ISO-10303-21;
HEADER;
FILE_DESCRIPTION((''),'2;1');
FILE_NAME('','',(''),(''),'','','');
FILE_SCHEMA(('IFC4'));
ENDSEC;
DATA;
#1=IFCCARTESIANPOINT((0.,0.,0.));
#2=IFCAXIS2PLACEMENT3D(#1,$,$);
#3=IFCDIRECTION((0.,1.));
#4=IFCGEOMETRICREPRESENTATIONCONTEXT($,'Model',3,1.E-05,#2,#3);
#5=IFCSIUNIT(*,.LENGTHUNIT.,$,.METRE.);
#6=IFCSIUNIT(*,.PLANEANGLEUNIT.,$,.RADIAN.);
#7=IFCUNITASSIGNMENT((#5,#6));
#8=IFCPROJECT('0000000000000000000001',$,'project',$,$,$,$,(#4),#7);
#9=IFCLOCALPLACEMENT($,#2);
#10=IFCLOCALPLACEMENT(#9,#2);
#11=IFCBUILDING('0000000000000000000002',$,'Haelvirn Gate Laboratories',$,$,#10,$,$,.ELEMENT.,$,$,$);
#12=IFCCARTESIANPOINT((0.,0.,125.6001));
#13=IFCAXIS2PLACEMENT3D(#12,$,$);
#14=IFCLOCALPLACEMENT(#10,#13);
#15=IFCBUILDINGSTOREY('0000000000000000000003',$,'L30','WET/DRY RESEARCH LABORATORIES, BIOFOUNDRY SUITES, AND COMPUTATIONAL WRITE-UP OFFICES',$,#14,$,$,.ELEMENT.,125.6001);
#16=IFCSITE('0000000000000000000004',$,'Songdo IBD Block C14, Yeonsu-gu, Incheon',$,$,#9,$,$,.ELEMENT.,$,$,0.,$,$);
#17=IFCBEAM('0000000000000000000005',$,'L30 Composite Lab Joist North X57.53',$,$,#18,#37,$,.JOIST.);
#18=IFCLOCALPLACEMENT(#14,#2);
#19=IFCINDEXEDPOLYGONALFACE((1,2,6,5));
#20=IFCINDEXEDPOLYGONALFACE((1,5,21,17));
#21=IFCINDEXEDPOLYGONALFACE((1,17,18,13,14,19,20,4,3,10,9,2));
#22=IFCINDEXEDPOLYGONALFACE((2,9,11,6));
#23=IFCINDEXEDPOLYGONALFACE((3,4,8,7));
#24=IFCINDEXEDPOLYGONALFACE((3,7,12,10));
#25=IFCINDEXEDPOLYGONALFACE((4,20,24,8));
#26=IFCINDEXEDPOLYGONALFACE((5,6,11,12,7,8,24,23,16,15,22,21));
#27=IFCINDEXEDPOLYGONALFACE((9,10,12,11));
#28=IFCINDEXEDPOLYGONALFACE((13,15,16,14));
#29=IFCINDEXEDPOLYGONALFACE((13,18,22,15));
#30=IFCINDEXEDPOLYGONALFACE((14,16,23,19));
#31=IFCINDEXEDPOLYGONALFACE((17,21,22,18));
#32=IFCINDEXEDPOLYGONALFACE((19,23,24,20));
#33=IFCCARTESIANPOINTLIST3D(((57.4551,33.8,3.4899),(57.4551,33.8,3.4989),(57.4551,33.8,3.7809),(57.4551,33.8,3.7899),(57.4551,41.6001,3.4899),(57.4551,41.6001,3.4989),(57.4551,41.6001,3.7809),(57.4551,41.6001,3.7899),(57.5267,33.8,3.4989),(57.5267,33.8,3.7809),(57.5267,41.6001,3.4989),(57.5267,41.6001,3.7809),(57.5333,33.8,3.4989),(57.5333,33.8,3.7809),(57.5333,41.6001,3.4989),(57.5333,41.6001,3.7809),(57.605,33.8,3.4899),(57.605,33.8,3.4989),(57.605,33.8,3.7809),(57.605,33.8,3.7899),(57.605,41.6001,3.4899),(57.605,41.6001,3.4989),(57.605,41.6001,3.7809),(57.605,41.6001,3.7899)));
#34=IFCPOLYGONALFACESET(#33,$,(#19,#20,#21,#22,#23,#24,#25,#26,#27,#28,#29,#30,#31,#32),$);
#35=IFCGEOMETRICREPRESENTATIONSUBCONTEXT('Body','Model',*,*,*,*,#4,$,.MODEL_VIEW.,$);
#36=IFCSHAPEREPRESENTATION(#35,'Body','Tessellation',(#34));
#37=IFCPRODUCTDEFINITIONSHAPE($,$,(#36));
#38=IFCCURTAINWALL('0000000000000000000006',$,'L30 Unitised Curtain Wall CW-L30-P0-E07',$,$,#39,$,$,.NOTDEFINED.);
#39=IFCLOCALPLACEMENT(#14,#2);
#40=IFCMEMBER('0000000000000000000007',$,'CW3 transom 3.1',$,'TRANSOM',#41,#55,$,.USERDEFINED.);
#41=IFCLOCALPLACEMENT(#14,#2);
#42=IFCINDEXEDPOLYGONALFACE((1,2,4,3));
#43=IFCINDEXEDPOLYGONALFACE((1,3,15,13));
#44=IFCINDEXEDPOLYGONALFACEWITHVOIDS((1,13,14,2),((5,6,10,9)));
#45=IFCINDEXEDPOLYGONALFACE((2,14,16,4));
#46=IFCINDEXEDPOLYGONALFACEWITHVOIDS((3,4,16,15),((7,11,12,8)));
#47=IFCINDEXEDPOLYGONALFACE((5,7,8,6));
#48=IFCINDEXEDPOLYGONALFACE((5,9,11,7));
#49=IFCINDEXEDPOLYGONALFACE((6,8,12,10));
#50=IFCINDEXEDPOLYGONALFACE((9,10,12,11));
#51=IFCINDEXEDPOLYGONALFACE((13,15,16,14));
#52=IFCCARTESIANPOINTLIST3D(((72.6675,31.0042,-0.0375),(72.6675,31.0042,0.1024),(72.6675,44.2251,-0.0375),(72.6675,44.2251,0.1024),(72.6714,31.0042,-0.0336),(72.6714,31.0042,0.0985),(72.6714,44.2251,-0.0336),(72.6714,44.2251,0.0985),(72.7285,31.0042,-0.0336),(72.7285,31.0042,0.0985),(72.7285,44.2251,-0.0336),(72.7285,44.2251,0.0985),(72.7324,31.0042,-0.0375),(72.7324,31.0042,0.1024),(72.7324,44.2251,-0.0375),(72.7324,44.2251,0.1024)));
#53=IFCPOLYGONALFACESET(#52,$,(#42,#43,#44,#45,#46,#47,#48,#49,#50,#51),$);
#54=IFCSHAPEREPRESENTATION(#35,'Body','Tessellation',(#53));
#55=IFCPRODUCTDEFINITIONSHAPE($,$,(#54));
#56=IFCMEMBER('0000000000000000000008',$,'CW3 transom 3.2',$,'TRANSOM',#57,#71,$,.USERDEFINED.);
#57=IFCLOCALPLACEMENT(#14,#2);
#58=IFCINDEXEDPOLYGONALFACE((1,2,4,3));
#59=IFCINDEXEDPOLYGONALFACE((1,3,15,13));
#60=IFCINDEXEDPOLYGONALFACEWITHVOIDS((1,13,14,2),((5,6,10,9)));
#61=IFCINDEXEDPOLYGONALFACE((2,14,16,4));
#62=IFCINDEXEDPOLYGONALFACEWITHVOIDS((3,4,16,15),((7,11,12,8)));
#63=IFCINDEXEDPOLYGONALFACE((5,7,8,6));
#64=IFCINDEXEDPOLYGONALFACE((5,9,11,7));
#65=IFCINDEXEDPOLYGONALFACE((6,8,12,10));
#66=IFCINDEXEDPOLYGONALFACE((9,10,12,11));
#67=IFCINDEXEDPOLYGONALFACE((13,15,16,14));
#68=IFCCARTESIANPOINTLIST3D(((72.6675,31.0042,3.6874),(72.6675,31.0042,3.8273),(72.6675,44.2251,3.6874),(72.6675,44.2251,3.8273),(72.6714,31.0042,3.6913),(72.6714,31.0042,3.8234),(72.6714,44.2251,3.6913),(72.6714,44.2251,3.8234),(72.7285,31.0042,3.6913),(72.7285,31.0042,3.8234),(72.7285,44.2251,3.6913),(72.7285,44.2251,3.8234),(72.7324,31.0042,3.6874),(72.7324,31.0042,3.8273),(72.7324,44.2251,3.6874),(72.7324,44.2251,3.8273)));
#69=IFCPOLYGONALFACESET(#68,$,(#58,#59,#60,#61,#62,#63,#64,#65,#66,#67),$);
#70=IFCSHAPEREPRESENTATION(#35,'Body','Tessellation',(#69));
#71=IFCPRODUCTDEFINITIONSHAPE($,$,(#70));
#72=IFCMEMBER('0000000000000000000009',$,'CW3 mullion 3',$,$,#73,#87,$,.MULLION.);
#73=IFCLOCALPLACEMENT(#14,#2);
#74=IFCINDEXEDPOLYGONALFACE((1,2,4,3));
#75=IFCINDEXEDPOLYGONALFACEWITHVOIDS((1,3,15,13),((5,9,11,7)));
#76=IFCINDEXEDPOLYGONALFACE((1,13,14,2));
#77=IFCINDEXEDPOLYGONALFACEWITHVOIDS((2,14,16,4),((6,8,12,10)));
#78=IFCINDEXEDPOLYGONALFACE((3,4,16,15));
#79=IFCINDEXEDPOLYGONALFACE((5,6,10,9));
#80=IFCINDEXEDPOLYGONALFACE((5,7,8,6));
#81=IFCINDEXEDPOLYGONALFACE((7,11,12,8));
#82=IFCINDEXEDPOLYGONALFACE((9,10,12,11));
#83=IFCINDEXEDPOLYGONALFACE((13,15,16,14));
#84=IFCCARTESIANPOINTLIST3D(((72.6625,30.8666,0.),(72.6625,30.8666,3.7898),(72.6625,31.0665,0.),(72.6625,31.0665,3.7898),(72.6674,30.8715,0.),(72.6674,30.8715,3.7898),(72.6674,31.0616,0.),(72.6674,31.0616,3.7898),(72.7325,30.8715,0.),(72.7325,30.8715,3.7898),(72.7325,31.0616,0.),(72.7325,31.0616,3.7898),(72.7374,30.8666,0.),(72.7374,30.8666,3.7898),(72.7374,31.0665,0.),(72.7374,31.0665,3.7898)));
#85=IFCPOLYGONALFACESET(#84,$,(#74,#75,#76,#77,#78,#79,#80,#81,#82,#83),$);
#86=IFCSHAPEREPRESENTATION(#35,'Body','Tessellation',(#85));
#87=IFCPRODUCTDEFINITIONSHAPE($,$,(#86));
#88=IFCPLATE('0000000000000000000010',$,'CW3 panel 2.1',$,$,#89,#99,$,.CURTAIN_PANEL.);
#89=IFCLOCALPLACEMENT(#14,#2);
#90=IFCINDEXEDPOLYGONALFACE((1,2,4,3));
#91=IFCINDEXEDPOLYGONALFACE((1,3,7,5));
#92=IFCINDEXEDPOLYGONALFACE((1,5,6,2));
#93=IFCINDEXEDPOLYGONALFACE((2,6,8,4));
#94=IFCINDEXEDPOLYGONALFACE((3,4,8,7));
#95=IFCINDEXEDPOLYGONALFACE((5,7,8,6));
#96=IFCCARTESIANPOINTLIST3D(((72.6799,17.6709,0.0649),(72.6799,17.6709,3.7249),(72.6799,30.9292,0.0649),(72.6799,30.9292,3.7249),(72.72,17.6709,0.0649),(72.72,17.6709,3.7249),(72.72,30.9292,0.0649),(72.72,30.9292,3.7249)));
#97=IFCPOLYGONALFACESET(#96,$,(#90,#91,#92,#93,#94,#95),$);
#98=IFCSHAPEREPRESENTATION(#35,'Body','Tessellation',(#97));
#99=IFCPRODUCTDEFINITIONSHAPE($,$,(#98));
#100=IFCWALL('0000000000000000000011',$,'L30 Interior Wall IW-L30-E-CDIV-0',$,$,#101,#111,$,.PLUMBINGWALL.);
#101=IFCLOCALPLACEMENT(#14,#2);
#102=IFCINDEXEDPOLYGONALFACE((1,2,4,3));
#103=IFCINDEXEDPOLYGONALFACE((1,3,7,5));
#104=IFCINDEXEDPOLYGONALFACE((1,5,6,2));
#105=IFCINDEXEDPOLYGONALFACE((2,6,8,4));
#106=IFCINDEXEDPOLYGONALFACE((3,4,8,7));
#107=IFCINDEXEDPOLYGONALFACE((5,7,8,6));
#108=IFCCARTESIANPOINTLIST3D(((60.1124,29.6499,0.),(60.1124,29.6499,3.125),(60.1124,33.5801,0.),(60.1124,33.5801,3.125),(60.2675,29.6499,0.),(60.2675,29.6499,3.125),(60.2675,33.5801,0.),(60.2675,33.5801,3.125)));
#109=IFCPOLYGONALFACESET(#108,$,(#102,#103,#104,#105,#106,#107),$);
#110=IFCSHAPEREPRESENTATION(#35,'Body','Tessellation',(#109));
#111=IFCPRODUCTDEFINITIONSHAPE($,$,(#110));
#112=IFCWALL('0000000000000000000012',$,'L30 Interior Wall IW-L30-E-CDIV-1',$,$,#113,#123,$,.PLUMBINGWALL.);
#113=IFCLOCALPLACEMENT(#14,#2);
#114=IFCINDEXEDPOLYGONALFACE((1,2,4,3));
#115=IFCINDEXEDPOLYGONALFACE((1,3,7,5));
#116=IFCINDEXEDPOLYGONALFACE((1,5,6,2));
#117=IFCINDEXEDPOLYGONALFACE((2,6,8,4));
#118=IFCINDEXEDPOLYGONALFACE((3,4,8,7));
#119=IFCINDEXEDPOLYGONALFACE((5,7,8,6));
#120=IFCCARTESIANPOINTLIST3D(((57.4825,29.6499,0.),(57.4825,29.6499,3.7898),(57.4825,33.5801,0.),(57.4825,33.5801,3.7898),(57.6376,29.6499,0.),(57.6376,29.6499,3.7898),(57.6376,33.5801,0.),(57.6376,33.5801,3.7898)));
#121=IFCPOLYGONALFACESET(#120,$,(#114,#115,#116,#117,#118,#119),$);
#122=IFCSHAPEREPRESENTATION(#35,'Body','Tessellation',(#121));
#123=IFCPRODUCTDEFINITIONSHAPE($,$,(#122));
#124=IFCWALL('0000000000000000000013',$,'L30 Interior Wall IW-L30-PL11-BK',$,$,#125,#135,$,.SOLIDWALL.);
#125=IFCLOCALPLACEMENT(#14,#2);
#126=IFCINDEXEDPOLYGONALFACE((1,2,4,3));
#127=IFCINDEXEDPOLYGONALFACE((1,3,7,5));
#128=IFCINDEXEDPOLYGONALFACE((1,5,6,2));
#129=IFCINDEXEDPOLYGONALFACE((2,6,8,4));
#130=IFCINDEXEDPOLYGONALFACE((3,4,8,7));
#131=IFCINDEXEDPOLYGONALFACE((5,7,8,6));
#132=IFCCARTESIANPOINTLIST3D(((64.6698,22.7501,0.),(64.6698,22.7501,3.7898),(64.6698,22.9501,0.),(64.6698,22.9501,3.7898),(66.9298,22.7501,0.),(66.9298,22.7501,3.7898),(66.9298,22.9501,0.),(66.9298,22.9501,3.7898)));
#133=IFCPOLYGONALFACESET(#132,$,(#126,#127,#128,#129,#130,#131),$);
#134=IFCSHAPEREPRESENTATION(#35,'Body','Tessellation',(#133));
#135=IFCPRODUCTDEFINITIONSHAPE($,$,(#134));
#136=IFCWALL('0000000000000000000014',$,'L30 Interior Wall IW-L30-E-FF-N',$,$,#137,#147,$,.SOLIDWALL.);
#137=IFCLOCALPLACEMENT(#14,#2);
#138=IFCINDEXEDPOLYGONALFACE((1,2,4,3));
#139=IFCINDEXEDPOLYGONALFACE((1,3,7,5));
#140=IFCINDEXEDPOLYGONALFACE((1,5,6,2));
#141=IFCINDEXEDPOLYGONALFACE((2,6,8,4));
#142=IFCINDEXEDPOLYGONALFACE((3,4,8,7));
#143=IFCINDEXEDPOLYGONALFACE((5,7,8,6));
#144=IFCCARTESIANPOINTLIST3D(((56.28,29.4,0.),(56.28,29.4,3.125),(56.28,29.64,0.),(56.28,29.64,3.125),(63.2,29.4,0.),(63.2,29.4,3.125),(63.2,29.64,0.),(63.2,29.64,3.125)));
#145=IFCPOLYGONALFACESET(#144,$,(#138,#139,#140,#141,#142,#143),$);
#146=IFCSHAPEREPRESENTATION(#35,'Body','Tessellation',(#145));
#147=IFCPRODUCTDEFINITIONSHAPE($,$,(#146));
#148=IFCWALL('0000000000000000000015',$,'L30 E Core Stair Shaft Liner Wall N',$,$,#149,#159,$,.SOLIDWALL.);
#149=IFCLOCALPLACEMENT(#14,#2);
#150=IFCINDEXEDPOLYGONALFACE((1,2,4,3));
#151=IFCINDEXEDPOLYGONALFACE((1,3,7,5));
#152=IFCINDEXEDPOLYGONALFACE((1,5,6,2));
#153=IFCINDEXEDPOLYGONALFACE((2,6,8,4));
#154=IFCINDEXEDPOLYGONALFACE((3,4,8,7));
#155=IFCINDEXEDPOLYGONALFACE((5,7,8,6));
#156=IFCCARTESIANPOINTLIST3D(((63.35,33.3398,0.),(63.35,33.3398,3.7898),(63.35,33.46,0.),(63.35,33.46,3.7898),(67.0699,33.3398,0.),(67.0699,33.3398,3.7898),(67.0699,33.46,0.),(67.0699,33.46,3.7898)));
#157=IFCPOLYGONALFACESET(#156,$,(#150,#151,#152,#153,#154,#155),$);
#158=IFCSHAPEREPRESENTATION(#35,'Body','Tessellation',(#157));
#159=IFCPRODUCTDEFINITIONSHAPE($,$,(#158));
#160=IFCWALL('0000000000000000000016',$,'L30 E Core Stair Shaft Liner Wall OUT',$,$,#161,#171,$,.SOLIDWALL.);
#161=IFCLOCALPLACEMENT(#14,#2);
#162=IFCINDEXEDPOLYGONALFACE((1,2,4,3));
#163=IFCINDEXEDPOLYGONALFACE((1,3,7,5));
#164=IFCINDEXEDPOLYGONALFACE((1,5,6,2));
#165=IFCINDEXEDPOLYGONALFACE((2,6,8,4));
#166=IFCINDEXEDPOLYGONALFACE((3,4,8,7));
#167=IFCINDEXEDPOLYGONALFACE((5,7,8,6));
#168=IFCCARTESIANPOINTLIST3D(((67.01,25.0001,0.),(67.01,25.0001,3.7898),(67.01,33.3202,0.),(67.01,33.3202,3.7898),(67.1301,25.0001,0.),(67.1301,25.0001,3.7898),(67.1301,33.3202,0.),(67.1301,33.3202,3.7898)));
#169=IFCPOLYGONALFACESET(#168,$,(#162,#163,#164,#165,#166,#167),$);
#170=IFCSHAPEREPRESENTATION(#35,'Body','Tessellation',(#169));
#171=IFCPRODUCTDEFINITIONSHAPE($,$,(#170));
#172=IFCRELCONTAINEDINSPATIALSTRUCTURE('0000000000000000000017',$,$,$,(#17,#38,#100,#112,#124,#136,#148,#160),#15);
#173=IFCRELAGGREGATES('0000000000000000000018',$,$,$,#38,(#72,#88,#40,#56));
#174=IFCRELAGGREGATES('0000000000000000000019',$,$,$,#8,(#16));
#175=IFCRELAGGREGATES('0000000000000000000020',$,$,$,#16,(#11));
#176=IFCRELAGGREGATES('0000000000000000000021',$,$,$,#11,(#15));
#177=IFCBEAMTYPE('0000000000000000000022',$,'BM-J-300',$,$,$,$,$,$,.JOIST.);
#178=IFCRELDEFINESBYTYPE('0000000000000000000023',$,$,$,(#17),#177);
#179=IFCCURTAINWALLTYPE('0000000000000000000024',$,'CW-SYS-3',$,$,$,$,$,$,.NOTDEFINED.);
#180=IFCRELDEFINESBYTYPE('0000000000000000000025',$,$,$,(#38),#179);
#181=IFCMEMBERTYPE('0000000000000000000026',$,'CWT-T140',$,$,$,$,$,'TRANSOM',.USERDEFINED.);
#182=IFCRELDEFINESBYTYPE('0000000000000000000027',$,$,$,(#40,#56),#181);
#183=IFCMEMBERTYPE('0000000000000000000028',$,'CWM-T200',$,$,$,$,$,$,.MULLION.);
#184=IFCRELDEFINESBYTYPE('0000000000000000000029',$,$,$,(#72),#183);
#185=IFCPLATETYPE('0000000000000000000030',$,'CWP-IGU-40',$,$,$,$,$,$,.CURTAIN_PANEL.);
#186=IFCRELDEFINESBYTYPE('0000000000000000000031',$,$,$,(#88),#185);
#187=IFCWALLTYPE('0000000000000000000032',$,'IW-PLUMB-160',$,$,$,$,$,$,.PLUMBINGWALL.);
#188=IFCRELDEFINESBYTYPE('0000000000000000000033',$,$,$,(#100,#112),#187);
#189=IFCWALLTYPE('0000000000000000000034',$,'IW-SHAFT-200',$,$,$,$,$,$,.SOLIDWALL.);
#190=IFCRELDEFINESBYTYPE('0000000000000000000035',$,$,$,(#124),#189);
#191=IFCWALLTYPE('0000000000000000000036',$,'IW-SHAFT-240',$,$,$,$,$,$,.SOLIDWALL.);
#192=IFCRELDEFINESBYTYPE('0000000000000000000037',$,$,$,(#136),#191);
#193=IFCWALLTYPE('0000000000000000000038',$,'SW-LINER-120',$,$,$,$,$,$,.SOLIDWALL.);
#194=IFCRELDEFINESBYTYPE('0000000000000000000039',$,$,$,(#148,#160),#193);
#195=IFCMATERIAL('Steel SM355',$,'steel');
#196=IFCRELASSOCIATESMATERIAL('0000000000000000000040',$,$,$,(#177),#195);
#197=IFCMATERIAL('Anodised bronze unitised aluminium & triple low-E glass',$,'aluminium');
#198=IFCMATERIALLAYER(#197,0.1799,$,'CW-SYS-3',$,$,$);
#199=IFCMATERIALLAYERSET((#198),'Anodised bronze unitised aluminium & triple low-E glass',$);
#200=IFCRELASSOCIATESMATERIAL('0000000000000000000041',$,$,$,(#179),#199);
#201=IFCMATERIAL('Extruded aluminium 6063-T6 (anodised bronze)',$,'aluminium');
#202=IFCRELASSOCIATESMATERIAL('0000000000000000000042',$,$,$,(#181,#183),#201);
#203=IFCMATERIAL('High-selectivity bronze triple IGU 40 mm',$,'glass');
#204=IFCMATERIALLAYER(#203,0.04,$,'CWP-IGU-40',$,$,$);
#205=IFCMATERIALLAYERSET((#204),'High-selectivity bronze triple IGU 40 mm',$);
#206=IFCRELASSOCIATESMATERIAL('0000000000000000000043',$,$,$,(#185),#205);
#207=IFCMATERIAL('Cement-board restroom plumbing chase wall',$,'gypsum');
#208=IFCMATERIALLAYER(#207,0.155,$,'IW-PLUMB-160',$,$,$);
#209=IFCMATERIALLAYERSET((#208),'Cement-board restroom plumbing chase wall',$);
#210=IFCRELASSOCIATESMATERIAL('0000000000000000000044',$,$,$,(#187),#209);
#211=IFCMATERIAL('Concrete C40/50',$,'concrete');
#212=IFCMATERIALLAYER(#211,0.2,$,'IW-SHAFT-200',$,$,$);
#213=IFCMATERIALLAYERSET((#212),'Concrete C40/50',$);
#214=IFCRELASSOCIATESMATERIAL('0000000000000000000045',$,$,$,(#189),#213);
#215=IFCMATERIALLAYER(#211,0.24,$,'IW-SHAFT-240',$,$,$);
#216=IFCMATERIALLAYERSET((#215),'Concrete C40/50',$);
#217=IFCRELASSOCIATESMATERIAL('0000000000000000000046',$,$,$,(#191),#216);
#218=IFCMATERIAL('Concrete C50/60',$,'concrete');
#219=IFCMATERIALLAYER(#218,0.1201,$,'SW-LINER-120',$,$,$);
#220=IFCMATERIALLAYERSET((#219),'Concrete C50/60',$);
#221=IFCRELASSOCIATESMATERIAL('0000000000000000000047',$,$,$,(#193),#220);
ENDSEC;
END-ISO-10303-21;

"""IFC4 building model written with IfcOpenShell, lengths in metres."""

from ifc_helpers import new_model, si_unit, direction, frame, frame_2d, origin, origin_2d, place, context, subcontext, project, spatial, rectangle, hollow_rectangle, i_section, extrude, source, transform, mapped, material, layer, layer_set, material_profile, profile_set, type_object, type_shapes, element, aggregate, save


model = new_model("IFC4")

# Units and contexts
model_context = context("Model", 3, precision=1e-05, world=origin(), true_north=direction((0.0, 1.0)))
body_context = subcontext(model_context, "Body", "Model", "MODEL_VIEW")
ifc_project = project(units=[si_unit("LENGTHUNIT", "METRE"), si_unit("PLANEANGLEUNIT", "RADIAN")], contexts=[model_context])

# Site, building, storey
site_placement = place(None, origin())
site = spatial("IfcSite", under=ifc_project, at=site_placement, Name="Songdo IBD Block C14, Yeonsu-gu, Incheon", CompositionType="ELEMENT", RefElevation=0.0)
building_placement = place(site_placement, origin())
building = spatial("IfcBuilding", under=site, at=building_placement, Name="Haelvirn Gate Laboratories", CompositionType="ELEMENT")
storey_placement = place(building_placement, frame((0.0, 0.0, 125.6001)))
storey = spatial("IfcBuildingStorey", under=building, at=storey_placement, Name="L30", Description="WET/DRY RESEARCH LABORATORIES, BIOFOUNDRY SUITES, AND COMPUTATIONAL WRITE-UP OFFICES", CompositionType="ELEMENT", Elevation=125.6001)

# Beam
ifc_material_1 = material(Name="Steel SM355", Category="steel")
ifc_material_profile_1 = material_profile(ifc_material_1, i_section(OverallWidth=0.1499, OverallDepth=0.3, WebThickness=0.0066, FlangeThickness=0.009, at=origin_2d()), Name="H-300x150x6.5x9")
ifc_profile_set_1 = profile_set([ifc_material_profile_1], Name="Steel SM355")
beam_type = type_object("IfcBeamType", Name="BM-J-300", PredefinedType="JOIST", material=ifc_profile_set_1)
shared_shape_1 = source(origin(), body_context, "Body", "SweptSolid", [
    extrude(i_section(OverallWidth=0.1499, OverallDepth=0.3, WebThickness=0.0066, FlangeThickness=0.009, at=origin_2d()), origin(), (0.0, 0.0, 1.0), 7.8),
])
type_shapes(beam_type, [shared_shape_1])
beam_placement = place(storey_placement, frame((57.53, 33.8, 3.6399), z_axis=(0.0, 1.0, 0.0), x_axis=(-1.0, 0.0, 0.0)))
element("IfcBeam", 1, at=beam_placement, inside=storey, type_object=beam_type, Name="L30 Composite Lab Joist North X57.53", PredefinedType="JOIST", context=body_context, shape_type="MappedRepresentation", body=[
    mapped(shared_shape_1, transform((0.0, 0.0, 0.0), scale=1.0)),
])

# Curtain wall, members, plate
ifc_material_2 = material(Name="Anodised bronze unitised aluminium & triple low-E glass", Category="aluminium")
ifc_layer_1 = layer(ifc_material_2, 0.1799, Name="CW-SYS-3")
ifc_layer_set_1 = layer_set([ifc_layer_1], Name="Anodised bronze unitised aluminium & triple low-E glass")
curtain_wall_type = type_object("IfcCurtainWallType", Name="CW-SYS-3", PredefinedType="NOTDEFINED", material=ifc_layer_set_1)
curtain_wall_placement = place(storey_placement, origin())
curtain_wall = element("IfcCurtainWall", 2, at=curtain_wall_placement, inside=storey, type_object=curtain_wall_type, Name="L30 Unitised Curtain Wall CW-L30-P0-E07", PredefinedType="NOTDEFINED")
ifc_material_3 = material(Name="Extruded aluminium 6063-T6 (anodised bronze)", Category="aluminium")
ifc_material_profile_2 = material_profile(ifc_material_3, hollow_rectangle(XDim=0.0649, YDim=0.1399, WallThickness=0.0039, at=origin_2d()), Name="CWT-140x65x4")
ifc_profile_set_2 = profile_set([ifc_material_profile_2], Name="Extruded aluminium 6063-T6 (anodised bronze)")
member_type_1 = type_object("IfcMemberType", Name="CWT-T140", ElementType="TRANSOM", PredefinedType="USERDEFINED", material=ifc_profile_set_2)
shared_shape_2 = source(origin(), body_context, "Body", "SweptSolid", [
    extrude(hollow_rectangle(XDim=0.0649, YDim=0.1399, WallThickness=0.0039, at=origin_2d()), origin(), (0.0, 0.0, 1.0), 13.2209),
])
type_shapes(member_type_1, [shared_shape_2])
member_1_placement = place(storey_placement, frame((72.7, 31.0042, 0.0325), z_axis=(0.0, 1.0, 0.0), x_axis=(-1.0, 0.0, 0.0)))
member_1 = element("IfcMember", 3, at=member_1_placement, type_object=member_type_1, Name="CW3 transom 3.1", ObjectType="TRANSOM", PredefinedType="USERDEFINED", context=body_context, shape_type="MappedRepresentation", body=[
    mapped(shared_shape_2, transform((0.0, 0.0, 0.0), scale=1.0)),
])
member_2_placement = place(storey_placement, frame((72.7, 31.0042, 3.7573), z_axis=(0.0, 1.0, 0.0), x_axis=(-1.0, 0.0, 0.0)))
member_2 = element("IfcMember", 4, at=member_2_placement, type_object=member_type_1, Name="CW3 transom 3.2", ObjectType="TRANSOM", PredefinedType="USERDEFINED", context=body_context, shape_type="MappedRepresentation", body=[
    mapped(shared_shape_2, transform((0.0, 0.0, 0.0), scale=1.0)),
])
ifc_material_profile_3 = material_profile(ifc_material_3, hollow_rectangle(XDim=0.075, YDim=0.2, WallThickness=0.0049, at=origin_2d()), Name="CWM-200x75x5")
ifc_profile_set_3 = profile_set([ifc_material_profile_3], Name="Extruded aluminium 6063-T6 (anodised bronze)")
member_type_2 = type_object("IfcMemberType", Name="CWM-T200", PredefinedType="MULLION", material=ifc_profile_set_3)
shared_shape_3 = source(origin(), body_context, "Body", "SweptSolid", [
    extrude(hollow_rectangle(XDim=0.075, YDim=0.2, WallThickness=0.0049, at=origin_2d()), origin(), (0.0, 0.0, 1.0), 3.7898),
])
type_shapes(member_type_2, [shared_shape_3])
member_3_placement = place(storey_placement, frame((72.7, 30.9666, 0.0), z_axis=(0.0, 0.0, 1.0), x_axis=(-1.0, 0.0, 0.0)))
member_3 = element("IfcMember", 5, at=member_3_placement, type_object=member_type_2, Name="CW3 mullion 3", PredefinedType="MULLION", context=body_context, shape_type="MappedRepresentation", body=[
    mapped(shared_shape_3, transform((0.0, 0.0, 0.0), scale=1.0)),
])
ifc_material_4 = material(Name="High-selectivity bronze triple IGU 40 mm", Category="glass")
ifc_layer_2 = layer(ifc_material_4, 0.04, Name="CWP-IGU-40")
ifc_layer_set_2 = layer_set([ifc_layer_2], Name="High-selectivity bronze triple IGU 40 mm")
plate_type = type_object("IfcPlateType", Name="CWP-IGU-40", PredefinedType="CURTAIN_PANEL", material=ifc_layer_set_2)
shared_shape_4 = source(origin(), body_context, "Body", "SweptSolid", [
    extrude(rectangle(XDim=13.2583, YDim=0.04, at=origin_2d()), origin(), (0.0, 0.0, 1.0), 3.6599),
])
type_shapes(plate_type, [shared_shape_4])
plate_placement = place(storey_placement, frame((72.7, 24.3, 0.0649), z_axis=(0.0, 0.0, 1.0), x_axis=(0.0, 1.0, 0.0)))
plate = element("IfcPlate", 6, at=plate_placement, type_object=plate_type, Name="CW3 panel 2.1", PredefinedType="CURTAIN_PANEL", context=body_context, shape_type="MappedRepresentation", body=[
    mapped(shared_shape_4, transform((0.0, 0.0, 0.0), scale=1.0)),
])
aggregate(curtain_wall, [member_3, plate, member_1, member_2])

# Walls
ifc_material_5 = material(Name="Cement-board restroom plumbing chase wall", Category="gypsum")
ifc_layer_3 = layer(ifc_material_5, 0.155, Name="IW-PLUMB-160")
ifc_layer_set_3 = layer_set([ifc_layer_3], Name="Cement-board restroom plumbing chase wall")
wall_type_1 = type_object("IfcWallType", Name="IW-PLUMB-160", PredefinedType="PLUMBINGWALL", material=ifc_layer_set_3)
wall_1_placement = place(storey_placement, frame((60.1899, 29.6499, 0.0), z_axis=(0.0, 0.0, 1.0), x_axis=(0.0, 1.0, 0.0)))
element("IfcWall", 7, at=wall_1_placement, inside=storey, type_object=wall_type_1, Name="L30 Interior Wall IW-L30-E-CDIV-0", PredefinedType="PLUMBINGWALL", context=body_context, shape_type="SweptSolid", body=[
    extrude(rectangle(XDim=3.9302, YDim=0.155, at=frame_2d((1.9651, 0.0))), origin(), (0.0, 0.0, 1.0), 3.125),
])
wall_2_placement = place(storey_placement, frame((57.5601, 29.6499, 0.0), z_axis=(0.0, 0.0, 1.0), x_axis=(0.0, 1.0, 0.0)))
element("IfcWall", 8, at=wall_2_placement, inside=storey, type_object=wall_type_1, Name="L30 Interior Wall IW-L30-E-CDIV-1", PredefinedType="PLUMBINGWALL", context=body_context, shape_type="SweptSolid", body=[
    extrude(rectangle(XDim=3.9302, YDim=0.155, at=frame_2d((1.9651, 0.0))), origin(), (0.0, 0.0, 1.0), 3.7898),
])
ifc_material_6 = material(Name="Concrete C40/50", Category="concrete")
ifc_layer_4 = layer(ifc_material_6, 0.2, Name="IW-SHAFT-200")
ifc_layer_set_4 = layer_set([ifc_layer_4], Name="Concrete C40/50")
wall_type_2 = type_object("IfcWallType", Name="IW-SHAFT-200", PredefinedType="SOLIDWALL", material=ifc_layer_set_4)
wall_3_placement = place(storey_placement, frame((64.6699, 22.8501, 0.0), z_axis=(0.0, 0.0, 1.0), x_axis=(1.0, 0.0, 0.0)))
element("IfcWall", 9, at=wall_3_placement, inside=storey, type_object=wall_type_2, Name="L30 Interior Wall IW-L30-PL11-BK", PredefinedType="SOLIDWALL", context=body_context, shape_type="SweptSolid", body=[
    extrude(rectangle(XDim=2.26, YDim=0.2, at=frame_2d((1.1299, 0.0))), origin(), (0.0, 0.0, 1.0), 3.7898),
])
ifc_layer_5 = layer(ifc_material_6, 0.24, Name="IW-SHAFT-240")
ifc_layer_set_5 = layer_set([ifc_layer_5], Name="Concrete C40/50")
wall_type_3 = type_object("IfcWallType", Name="IW-SHAFT-240", PredefinedType="SOLIDWALL", material=ifc_layer_set_5)
wall_4_placement = place(storey_placement, frame((56.28, 29.52, 0.0), z_axis=(0.0, 0.0, 1.0), x_axis=(1.0, 0.0, 0.0)))
element("IfcWall", 10, at=wall_4_placement, inside=storey, type_object=wall_type_3, Name="L30 Interior Wall IW-L30-E-FF-N", PredefinedType="SOLIDWALL", context=body_context, shape_type="SweptSolid", body=[
    extrude(rectangle(XDim=6.9199, YDim=0.24, at=frame_2d((3.46, 0.0))), origin(), (0.0, 0.0, 1.0), 3.125),
])
ifc_material_7 = material(Name="Concrete C50/60", Category="concrete")
ifc_layer_6 = layer(ifc_material_7, 0.1201, Name="SW-LINER-120")
ifc_layer_set_6 = layer_set([ifc_layer_6], Name="Concrete C50/60")
wall_type_4 = type_object("IfcWallType", Name="SW-LINER-120", PredefinedType="SOLIDWALL", material=ifc_layer_set_6)
wall_5_placement = place(storey_placement, frame((63.3501, 33.3999, 0.0), z_axis=(0.0, 0.0, 1.0), x_axis=(1.0, 0.0, 0.0)))
element("IfcWall", 11, at=wall_5_placement, inside=storey, type_object=wall_type_4, Name="L30 E Core Stair Shaft Liner Wall N", PredefinedType="SOLIDWALL", context=body_context, shape_type="SweptSolid", body=[
    extrude(rectangle(XDim=3.72, YDim=0.1201, at=frame_2d((1.8599, 0.0))), origin(), (0.0, 0.0, 1.0), 3.7898),
])
wall_6_placement = place(storey_placement, frame((67.0701, 25.0, 0.0), z_axis=(0.0, 0.0, 1.0), x_axis=(0.0, 1.0, 0.0)))
element("IfcWall", 12, at=wall_6_placement, inside=storey, type_object=wall_type_4, Name="L30 E Core Stair Shaft Liner Wall OUT", PredefinedType="SOLIDWALL", context=body_context, shape_type="SweptSolid", body=[
    extrude(rectangle(XDim=8.3201, YDim=0.1201, at=frame_2d((4.1602, 0.0))), origin(), (0.0, 0.0, 1.0), 3.7898),
])

save(model, "model.ifc")
